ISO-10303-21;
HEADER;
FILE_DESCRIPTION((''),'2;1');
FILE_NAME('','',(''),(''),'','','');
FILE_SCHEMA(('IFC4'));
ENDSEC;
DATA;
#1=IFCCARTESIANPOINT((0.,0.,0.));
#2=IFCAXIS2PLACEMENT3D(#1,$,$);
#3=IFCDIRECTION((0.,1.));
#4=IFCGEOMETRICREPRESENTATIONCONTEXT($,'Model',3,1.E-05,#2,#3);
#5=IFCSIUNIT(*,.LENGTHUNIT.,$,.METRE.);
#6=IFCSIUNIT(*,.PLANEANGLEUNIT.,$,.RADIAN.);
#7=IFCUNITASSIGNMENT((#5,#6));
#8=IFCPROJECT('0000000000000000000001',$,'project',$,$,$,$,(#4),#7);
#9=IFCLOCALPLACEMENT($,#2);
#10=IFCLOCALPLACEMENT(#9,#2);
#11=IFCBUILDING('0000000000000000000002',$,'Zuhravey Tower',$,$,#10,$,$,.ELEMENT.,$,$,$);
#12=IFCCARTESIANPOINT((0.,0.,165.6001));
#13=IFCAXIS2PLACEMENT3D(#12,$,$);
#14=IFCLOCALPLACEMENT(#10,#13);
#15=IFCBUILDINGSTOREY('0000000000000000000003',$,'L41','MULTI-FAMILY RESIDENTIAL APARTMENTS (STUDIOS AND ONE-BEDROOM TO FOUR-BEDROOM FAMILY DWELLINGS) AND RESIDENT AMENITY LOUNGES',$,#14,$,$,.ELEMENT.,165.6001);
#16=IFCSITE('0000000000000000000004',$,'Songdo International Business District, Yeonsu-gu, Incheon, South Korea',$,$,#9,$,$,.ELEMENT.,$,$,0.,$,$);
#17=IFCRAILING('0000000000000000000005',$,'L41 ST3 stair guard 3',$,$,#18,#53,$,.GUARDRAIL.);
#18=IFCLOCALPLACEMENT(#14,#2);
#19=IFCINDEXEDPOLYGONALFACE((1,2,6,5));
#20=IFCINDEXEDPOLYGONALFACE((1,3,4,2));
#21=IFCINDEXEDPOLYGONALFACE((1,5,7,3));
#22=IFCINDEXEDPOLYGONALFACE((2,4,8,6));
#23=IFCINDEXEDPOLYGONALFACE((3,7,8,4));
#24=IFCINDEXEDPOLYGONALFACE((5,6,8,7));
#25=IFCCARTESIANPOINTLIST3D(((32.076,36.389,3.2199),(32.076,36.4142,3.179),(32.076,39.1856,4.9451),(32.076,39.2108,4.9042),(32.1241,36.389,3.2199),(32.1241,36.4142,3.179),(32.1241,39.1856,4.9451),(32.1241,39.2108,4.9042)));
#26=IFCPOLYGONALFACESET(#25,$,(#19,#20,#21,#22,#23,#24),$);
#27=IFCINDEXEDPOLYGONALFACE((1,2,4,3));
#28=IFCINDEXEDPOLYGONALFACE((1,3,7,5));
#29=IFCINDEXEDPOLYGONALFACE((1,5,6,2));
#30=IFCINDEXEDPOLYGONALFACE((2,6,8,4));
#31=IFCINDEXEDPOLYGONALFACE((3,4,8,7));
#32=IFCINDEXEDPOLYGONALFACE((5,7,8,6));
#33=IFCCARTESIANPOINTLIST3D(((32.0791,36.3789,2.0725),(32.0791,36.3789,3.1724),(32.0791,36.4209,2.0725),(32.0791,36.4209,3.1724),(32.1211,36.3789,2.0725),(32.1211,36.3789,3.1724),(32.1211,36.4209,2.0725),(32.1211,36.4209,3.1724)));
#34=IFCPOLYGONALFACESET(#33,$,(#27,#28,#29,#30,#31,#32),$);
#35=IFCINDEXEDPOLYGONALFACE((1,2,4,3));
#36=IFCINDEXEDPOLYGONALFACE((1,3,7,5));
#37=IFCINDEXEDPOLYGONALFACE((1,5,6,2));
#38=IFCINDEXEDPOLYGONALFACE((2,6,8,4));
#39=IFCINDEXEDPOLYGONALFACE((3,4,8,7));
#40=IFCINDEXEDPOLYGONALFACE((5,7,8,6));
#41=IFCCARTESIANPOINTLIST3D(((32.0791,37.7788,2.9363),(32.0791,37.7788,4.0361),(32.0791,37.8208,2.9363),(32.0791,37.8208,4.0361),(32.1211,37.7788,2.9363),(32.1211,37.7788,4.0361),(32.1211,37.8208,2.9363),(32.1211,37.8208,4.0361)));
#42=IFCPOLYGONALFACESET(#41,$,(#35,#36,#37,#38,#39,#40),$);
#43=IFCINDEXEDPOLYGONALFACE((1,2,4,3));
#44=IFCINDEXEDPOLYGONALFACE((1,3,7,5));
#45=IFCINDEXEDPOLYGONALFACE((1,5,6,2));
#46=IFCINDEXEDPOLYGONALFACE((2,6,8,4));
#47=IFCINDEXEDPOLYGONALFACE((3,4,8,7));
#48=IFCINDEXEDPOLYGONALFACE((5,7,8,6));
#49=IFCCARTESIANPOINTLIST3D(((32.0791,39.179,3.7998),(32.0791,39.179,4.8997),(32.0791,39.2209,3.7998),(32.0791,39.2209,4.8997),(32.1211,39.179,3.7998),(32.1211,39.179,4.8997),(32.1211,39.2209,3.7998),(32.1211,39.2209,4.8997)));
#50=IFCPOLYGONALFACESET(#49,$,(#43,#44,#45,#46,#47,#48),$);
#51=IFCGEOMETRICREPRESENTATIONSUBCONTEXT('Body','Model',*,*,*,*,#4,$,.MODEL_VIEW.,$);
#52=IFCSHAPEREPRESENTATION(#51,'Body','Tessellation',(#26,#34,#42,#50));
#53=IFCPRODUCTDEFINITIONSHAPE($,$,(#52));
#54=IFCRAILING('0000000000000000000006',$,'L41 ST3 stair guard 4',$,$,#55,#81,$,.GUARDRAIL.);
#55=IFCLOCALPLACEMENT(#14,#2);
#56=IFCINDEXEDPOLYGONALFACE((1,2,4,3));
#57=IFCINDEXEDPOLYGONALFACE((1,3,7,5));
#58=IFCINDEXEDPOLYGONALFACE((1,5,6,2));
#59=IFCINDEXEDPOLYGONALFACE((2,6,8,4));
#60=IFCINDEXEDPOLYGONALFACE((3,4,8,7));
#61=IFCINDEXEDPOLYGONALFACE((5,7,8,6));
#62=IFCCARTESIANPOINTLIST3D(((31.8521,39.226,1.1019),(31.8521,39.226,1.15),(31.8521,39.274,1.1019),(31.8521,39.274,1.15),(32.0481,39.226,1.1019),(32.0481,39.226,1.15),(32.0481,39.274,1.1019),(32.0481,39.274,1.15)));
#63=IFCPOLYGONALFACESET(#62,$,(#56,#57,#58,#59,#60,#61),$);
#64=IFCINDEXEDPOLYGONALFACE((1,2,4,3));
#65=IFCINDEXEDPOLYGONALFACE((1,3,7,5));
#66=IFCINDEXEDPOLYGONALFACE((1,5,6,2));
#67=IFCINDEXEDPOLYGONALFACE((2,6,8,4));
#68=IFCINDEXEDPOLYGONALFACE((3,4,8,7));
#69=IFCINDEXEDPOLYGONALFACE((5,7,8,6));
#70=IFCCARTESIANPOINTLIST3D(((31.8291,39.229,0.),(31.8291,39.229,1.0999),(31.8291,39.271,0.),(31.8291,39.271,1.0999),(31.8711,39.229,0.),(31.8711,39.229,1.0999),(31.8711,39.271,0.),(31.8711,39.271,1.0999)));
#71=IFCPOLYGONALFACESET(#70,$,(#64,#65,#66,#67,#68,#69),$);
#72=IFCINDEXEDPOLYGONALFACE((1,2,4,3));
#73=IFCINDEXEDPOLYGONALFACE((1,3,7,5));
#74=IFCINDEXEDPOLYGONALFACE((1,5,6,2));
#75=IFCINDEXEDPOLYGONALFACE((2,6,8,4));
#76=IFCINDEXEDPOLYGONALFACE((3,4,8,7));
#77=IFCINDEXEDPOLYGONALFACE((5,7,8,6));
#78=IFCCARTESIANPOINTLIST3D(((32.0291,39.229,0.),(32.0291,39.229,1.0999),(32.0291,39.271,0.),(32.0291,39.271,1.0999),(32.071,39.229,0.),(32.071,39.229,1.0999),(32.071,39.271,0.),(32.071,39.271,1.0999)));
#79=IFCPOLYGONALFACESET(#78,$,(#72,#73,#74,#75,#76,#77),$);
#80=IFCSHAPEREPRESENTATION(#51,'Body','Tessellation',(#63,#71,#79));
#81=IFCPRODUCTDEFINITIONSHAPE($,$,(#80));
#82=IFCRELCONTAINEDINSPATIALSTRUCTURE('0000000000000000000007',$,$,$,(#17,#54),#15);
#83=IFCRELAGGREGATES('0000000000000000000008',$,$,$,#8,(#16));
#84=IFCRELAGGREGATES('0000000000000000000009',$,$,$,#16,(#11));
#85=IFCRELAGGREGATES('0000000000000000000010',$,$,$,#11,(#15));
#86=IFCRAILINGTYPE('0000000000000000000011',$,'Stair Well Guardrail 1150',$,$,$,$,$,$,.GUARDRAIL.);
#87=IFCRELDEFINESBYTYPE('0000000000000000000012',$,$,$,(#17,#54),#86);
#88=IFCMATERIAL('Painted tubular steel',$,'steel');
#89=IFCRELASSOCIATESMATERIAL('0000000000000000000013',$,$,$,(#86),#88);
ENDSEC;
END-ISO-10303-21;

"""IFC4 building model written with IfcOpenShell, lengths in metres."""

from ifc_helpers import new_model, si_unit, direction, frame, origin, origin_2d, place, context, subcontext, project, spatial, rectangle, extrude, material, type_object, element, save


model = new_model("IFC4")

# Units and contexts
model_context = context("Model", 3, precision=1e-05, world=origin(), true_north=direction((0.0, 1.0)))
body_context = subcontext(model_context, "Body", "Model", "MODEL_VIEW")
ifc_project = project(units=[si_unit("LENGTHUNIT", "METRE"), si_unit("PLANEANGLEUNIT", "RADIAN")], contexts=[model_context])

# Site, building, storey
site_placement = place(None, origin())
site = spatial("IfcSite", under=ifc_project, at=site_placement, Name="Songdo International Business District, Yeonsu-gu, Incheon, South Korea", CompositionType="ELEMENT", RefElevation=0.0)
building_placement = place(site_placement, origin())
building = spatial("IfcBuilding", under=site, at=building_placement, Name="Zuhravey Tower", CompositionType="ELEMENT")
storey_placement = place(building_placement, frame((0.0, 0.0, 165.6001)))
storey = spatial("IfcBuildingStorey", under=building, at=storey_placement, Name="L41", Description="MULTI-FAMILY RESIDENTIAL APARTMENTS (STUDIOS AND ONE-BEDROOM TO FOUR-BEDROOM FAMILY DWELLINGS) AND RESIDENT AMENITY LOUNGES", CompositionType="ELEMENT", Elevation=165.6001)

# Railings
ifc_material_1 = material(Name="Painted tubular steel", Category="steel")
railing_type_1 = type_object("IfcRailingType", Name="Stair Well Guardrail 1150", PredefinedType="GUARDRAIL", material=ifc_material_1)
railing_1_placement = place(storey_placement, frame((32.1001, 36.3999, 2.0725)))
element("IfcRailing", 1, at=railing_1_placement, inside=storey, type_object=railing_type_1, Name="L41 ST3 stair guard 3", PredefinedType="GUARDRAIL", context=body_context, shape_type="SweptSolid", body=[
    extrude(rectangle(XDim=0.0481, YDim=0.0481, at=origin_2d()), frame((0.0, 0.0017, 1.127), z_axis=(0.0, 0.85109, 0.52502), x_axis=(-1.0, 0.0, 0.0)), (0.0, 0.0, 1.0), 3.2859),
    extrude(rectangle(XDim=0.042, YDim=0.042, at=origin_2d()), origin(), (0.0, 0.0, 1.0), 1.0999),
    extrude(rectangle(XDim=0.042, YDim=0.042, at=origin_2d()), frame((0.0, 1.3999, 0.8638)), (0.0, 0.0, 1.0), 1.0999),
    extrude(rectangle(XDim=0.042, YDim=0.042, at=origin_2d()), frame((0.0, 2.8, 1.7273)), (0.0, 0.0, 1.0), 1.0999),
])
railing_2_placement = place(storey_placement, frame((31.8501, 39.25, 0.0)))
element("IfcRailing", 2, at=railing_2_placement, inside=storey, type_object=railing_type_1, Name="L41 ST3 stair guard 4", PredefinedType="GUARDRAIL", context=body_context, shape_type="SweptSolid", body=[
    extrude(rectangle(XDim=0.0481, YDim=0.0481, at=origin_2d()), frame((0.002, 0.0, 1.126), z_axis=(1.0, 0.0, 0.0), x_axis=(0.0, 1.0, 0.0)), (0.0, 0.0, 1.0), 0.196),
    extrude(rectangle(XDim=0.042, YDim=0.042, at=origin_2d()), origin(), (0.0, 0.0, 1.0), 1.0999),
    extrude(rectangle(XDim=0.042, YDim=0.042, at=origin_2d()), frame((0.2, 0.0, 0.0)), (0.0, 0.0, 1.0), 1.0999),
])

save(model, "model.ifc")
